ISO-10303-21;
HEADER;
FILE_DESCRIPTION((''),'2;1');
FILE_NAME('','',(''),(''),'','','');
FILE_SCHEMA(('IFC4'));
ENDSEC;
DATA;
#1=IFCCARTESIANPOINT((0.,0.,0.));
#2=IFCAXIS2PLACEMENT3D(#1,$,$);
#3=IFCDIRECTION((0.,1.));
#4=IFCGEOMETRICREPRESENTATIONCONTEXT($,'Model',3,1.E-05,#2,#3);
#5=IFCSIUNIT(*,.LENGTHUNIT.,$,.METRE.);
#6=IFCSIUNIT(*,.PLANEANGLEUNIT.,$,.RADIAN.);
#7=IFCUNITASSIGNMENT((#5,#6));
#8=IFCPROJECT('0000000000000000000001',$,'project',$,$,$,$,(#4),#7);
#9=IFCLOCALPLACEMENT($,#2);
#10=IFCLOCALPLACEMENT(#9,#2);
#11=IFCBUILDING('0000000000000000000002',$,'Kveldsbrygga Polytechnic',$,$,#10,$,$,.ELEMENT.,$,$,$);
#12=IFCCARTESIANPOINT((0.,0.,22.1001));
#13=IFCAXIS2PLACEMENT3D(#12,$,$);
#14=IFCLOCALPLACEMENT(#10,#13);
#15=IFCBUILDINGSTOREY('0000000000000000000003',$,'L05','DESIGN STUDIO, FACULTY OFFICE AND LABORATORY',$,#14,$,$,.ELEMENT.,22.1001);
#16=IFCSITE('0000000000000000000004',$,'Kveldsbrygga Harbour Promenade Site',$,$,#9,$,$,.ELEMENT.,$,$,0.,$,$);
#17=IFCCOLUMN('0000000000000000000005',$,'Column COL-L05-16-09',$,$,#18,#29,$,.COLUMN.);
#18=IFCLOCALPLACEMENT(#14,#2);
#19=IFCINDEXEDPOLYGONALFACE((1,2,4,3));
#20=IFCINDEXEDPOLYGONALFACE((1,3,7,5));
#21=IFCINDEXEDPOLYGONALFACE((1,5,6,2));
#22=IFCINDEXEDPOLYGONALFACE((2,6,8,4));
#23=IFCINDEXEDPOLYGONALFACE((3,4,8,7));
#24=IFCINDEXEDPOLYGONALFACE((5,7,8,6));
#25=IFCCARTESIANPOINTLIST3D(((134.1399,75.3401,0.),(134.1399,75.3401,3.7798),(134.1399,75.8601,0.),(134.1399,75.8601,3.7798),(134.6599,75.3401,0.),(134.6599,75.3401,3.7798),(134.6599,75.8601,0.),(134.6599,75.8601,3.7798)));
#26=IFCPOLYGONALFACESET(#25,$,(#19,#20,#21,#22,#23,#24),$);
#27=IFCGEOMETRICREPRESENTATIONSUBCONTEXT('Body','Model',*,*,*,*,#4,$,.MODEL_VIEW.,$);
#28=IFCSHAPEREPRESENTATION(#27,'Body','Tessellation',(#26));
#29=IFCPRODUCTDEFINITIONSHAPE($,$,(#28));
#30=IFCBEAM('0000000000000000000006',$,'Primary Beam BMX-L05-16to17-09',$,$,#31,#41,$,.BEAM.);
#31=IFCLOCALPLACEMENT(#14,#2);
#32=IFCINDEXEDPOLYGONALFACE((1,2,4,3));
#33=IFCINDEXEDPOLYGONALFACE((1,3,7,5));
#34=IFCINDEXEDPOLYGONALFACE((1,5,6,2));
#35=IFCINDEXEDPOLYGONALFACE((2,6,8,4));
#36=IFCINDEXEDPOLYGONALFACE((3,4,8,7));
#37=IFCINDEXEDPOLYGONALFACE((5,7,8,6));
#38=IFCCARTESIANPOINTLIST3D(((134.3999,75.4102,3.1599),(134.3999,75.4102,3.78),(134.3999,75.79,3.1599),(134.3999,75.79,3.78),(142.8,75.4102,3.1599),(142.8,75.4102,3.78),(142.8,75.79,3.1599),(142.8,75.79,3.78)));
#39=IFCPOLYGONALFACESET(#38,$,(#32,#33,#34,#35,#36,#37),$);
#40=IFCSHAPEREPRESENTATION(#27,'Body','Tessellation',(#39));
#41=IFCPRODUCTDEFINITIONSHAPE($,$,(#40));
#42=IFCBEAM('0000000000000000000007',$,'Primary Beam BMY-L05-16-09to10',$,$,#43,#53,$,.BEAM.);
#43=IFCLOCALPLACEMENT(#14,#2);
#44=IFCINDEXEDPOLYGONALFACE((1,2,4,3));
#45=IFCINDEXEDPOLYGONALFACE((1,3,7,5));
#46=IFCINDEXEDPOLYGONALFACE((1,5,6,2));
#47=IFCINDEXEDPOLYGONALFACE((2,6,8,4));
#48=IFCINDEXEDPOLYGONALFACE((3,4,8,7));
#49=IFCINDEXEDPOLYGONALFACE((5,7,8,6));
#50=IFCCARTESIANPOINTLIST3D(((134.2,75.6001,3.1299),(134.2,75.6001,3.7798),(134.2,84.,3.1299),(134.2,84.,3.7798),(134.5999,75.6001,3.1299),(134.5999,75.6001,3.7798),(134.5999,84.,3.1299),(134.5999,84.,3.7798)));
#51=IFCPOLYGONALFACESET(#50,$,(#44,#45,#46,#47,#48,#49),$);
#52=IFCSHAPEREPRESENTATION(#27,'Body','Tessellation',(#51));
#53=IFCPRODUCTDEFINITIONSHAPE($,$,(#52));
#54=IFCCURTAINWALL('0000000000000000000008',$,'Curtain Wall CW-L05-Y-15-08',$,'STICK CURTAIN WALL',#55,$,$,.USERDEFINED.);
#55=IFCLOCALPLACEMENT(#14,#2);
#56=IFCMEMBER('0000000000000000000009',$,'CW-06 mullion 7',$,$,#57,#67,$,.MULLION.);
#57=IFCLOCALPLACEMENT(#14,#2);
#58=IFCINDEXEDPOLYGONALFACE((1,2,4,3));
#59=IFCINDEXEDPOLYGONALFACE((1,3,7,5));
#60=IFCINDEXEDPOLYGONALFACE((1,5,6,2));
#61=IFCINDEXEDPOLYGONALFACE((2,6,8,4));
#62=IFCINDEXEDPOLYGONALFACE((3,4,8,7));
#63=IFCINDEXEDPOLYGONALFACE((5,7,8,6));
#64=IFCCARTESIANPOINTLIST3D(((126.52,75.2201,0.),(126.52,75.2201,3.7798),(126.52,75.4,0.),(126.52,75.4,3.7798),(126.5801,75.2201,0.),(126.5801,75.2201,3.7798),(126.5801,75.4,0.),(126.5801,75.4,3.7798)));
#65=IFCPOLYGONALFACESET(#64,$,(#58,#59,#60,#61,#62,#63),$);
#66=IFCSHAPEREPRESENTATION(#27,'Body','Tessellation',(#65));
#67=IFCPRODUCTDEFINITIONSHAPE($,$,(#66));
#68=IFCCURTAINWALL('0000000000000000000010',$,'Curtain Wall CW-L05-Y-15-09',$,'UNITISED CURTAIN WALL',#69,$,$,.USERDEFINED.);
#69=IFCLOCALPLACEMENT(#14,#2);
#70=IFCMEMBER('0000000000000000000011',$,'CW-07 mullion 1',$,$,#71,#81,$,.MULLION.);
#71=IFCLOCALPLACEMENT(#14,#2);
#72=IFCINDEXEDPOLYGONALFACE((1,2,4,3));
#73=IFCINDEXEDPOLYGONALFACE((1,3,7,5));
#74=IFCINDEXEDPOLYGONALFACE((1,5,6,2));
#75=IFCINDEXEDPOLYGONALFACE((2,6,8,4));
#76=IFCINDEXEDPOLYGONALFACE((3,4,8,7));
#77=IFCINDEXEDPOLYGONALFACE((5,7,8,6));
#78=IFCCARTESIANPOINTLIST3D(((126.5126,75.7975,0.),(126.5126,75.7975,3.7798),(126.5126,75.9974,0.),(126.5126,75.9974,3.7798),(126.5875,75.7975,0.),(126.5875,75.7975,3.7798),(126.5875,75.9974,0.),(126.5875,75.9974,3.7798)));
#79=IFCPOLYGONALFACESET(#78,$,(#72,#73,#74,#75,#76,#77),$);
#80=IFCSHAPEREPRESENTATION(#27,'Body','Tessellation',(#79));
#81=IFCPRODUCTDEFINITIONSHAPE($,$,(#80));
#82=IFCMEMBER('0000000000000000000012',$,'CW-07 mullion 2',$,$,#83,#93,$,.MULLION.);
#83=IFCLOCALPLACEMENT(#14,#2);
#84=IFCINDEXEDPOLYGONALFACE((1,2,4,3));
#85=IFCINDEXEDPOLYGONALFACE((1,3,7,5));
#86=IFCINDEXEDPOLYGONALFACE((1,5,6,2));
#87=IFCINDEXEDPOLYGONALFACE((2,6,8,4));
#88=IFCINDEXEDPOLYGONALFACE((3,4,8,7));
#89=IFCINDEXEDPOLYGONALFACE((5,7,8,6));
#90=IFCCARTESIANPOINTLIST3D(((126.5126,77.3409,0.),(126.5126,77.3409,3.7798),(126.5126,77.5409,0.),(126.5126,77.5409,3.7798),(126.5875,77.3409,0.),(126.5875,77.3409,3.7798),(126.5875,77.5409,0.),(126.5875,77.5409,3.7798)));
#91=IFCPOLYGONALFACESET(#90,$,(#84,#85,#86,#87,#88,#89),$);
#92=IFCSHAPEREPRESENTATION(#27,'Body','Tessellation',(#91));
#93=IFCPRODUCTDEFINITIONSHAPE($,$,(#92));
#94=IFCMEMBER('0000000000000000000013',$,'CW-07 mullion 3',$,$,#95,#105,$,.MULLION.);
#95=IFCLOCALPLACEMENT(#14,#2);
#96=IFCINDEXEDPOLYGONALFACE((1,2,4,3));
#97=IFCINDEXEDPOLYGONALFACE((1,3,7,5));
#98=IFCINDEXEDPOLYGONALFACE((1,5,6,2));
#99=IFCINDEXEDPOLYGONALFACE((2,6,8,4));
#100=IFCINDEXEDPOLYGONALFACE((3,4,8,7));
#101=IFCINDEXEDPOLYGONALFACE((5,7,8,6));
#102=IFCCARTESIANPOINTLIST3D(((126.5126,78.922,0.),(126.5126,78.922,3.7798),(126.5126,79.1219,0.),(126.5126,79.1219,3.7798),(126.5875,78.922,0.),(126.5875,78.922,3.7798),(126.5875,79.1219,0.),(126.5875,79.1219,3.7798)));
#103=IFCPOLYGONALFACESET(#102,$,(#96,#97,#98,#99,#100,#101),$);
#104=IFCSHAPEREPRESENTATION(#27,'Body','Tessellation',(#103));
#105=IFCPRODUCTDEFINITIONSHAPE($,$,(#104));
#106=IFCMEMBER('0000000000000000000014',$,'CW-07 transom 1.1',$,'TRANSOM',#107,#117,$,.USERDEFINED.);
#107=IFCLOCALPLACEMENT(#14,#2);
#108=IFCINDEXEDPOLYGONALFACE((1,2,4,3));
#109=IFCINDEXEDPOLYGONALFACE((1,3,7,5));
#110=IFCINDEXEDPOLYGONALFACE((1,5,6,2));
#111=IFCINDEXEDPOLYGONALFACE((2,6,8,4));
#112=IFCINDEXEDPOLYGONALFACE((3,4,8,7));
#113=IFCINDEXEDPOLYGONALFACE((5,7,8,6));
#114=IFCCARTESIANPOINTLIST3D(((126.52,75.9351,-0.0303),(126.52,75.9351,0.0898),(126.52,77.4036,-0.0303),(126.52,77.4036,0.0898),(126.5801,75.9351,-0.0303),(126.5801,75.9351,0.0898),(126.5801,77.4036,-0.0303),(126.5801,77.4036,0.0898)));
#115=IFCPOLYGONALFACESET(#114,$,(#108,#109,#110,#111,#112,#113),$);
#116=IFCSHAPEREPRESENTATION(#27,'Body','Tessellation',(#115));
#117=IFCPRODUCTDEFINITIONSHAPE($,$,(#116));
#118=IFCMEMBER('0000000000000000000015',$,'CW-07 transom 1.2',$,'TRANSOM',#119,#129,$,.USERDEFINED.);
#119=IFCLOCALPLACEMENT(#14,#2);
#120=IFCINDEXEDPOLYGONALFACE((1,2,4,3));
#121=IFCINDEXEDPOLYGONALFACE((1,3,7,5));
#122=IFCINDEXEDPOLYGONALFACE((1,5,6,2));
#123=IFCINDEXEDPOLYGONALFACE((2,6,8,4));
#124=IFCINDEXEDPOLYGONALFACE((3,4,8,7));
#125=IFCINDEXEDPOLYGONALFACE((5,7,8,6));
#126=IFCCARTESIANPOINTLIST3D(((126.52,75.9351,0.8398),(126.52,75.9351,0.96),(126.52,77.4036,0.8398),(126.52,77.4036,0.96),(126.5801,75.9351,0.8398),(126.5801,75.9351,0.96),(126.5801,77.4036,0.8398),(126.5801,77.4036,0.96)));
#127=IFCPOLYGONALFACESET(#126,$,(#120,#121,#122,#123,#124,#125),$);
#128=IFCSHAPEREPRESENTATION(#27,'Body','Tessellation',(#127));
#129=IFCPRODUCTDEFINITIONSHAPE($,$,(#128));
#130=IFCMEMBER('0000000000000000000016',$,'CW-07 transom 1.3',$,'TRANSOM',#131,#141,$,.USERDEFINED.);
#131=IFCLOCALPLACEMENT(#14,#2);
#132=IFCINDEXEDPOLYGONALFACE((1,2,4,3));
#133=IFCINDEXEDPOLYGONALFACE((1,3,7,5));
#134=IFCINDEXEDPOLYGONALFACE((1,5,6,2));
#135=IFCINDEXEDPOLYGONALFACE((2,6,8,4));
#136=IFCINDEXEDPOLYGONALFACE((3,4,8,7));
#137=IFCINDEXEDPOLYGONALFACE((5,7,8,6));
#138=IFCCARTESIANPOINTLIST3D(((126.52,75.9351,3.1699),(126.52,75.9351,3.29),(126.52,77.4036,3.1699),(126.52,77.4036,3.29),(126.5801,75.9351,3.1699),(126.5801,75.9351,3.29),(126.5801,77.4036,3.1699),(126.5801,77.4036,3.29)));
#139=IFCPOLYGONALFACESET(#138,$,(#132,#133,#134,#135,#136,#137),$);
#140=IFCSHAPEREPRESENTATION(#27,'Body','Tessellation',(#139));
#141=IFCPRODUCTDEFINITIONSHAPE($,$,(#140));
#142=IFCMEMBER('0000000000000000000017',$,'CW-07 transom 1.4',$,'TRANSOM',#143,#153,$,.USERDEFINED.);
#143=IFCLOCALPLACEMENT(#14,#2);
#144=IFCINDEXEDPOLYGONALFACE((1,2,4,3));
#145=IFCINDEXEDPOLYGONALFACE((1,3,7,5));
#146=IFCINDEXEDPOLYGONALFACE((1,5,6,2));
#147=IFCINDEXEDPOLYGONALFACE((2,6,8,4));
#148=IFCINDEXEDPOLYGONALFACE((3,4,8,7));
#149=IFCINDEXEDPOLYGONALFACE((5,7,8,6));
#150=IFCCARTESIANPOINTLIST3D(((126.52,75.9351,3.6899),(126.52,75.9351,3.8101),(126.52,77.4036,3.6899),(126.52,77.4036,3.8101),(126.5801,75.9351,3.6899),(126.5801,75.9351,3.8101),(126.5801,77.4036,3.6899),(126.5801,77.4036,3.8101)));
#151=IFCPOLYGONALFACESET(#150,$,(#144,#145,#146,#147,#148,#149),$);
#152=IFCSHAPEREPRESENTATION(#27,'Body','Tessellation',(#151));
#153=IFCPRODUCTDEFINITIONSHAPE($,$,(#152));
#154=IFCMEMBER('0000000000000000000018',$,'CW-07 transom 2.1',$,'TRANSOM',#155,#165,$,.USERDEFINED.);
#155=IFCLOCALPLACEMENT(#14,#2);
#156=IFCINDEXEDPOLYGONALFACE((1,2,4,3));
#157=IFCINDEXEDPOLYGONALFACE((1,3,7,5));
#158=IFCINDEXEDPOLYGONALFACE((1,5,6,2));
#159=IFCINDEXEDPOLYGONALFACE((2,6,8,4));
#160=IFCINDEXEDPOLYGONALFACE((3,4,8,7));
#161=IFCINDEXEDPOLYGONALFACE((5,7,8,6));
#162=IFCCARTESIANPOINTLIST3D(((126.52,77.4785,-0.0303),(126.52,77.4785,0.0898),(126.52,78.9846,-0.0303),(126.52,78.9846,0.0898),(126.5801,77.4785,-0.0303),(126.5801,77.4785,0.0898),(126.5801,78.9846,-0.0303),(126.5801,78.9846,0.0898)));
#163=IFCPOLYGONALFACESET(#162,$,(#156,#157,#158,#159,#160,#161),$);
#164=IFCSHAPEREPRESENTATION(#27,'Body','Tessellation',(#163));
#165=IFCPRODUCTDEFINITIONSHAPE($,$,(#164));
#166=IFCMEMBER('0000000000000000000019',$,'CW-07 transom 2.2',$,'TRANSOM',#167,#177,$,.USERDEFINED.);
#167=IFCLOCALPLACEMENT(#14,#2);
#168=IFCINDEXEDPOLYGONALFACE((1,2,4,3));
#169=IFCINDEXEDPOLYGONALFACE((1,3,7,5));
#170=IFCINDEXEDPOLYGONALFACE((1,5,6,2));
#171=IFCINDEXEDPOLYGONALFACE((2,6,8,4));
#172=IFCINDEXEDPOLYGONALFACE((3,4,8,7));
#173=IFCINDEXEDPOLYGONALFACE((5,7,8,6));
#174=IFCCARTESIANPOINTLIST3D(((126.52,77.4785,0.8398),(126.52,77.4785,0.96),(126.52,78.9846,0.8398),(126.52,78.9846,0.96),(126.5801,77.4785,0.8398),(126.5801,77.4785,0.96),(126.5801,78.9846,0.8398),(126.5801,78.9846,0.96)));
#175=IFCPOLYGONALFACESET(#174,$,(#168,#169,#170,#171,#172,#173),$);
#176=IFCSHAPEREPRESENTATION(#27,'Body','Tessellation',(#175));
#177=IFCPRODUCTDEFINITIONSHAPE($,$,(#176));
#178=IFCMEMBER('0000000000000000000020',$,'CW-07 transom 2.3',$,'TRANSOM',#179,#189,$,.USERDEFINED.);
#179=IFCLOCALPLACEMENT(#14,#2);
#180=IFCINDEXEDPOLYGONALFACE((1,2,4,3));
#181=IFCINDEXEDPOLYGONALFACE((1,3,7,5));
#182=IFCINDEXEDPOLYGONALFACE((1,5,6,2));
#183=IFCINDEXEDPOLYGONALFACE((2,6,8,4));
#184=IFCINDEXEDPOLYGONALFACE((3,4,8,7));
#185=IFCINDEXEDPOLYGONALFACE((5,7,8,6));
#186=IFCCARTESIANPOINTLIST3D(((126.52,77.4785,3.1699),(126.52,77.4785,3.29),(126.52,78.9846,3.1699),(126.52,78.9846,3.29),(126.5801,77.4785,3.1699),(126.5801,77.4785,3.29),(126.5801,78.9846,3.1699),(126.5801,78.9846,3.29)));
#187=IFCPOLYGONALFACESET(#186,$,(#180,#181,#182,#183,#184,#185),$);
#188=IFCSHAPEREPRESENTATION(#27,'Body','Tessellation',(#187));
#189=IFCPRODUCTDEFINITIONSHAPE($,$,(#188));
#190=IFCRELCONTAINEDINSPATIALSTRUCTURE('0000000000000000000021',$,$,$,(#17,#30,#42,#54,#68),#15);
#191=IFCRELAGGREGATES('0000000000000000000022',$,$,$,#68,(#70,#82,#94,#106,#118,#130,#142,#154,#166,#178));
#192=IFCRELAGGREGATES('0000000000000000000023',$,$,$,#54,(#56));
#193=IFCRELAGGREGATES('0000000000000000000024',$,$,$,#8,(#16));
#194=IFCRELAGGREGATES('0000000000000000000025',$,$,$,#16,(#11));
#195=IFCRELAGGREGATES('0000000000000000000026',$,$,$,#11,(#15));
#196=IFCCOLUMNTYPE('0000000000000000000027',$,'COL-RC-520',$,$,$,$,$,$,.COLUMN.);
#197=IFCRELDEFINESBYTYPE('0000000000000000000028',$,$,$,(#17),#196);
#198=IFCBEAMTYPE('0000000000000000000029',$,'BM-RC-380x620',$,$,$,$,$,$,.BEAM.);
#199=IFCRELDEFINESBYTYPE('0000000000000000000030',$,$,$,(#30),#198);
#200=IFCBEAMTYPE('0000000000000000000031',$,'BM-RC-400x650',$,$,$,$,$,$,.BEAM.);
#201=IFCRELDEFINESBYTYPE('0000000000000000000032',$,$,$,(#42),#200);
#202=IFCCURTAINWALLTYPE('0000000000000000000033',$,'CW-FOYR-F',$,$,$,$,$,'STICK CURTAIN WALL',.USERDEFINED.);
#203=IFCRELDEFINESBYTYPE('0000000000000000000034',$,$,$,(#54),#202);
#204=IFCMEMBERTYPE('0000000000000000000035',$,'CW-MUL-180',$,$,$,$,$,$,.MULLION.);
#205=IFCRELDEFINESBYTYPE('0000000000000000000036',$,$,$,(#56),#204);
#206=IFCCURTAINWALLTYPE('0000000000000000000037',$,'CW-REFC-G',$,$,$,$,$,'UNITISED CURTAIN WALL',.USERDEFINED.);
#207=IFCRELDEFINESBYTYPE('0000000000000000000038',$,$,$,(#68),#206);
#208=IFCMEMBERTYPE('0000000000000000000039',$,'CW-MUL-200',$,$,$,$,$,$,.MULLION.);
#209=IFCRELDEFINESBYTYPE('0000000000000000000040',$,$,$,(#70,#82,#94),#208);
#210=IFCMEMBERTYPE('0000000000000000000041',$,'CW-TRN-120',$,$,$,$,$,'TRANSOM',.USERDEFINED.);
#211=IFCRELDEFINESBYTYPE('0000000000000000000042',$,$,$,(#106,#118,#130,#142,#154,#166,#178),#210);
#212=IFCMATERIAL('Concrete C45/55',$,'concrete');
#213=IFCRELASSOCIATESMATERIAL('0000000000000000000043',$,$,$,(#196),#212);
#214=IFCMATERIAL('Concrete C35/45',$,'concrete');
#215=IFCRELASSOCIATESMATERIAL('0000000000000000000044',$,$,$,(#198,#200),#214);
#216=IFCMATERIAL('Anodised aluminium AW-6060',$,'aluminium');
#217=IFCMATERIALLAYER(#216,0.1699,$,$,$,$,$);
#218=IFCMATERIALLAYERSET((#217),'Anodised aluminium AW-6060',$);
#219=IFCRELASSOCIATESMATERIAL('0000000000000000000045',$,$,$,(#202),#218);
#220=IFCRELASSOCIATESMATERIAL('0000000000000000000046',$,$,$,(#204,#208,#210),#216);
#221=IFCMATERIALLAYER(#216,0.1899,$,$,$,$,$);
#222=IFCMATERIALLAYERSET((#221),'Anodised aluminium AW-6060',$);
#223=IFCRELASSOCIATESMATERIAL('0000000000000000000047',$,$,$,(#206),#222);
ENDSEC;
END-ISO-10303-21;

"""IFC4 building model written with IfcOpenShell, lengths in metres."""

from ifc_helpers import new_model, si_unit, direction, frame, origin, origin_2d, place, context, subcontext, project, spatial, rectangle, extrude, material, layer, layer_set, material_profile, profile_set, type_object, element, aggregate, save


model = new_model("IFC4")

# Units and contexts
model_context = context("Model", 3, precision=1e-05, world=origin(), true_north=direction((0.0, 1.0)))
body_context = subcontext(model_context, "Body", "Model", "MODEL_VIEW")
ifc_project = project(units=[si_unit("LENGTHUNIT", "METRE"), si_unit("PLANEANGLEUNIT", "RADIAN")], contexts=[model_context])

# Site, building, storey
site_placement = place(None, origin())
site = spatial("IfcSite", under=ifc_project, at=site_placement, Name="Kveldsbrygga Harbour Promenade Site", CompositionType="ELEMENT", RefElevation=0.0)
building_placement = place(site_placement, origin())
building = spatial("IfcBuilding", under=site, at=building_placement, Name="Kveldsbrygga Polytechnic", CompositionType="ELEMENT")
storey_placement = place(building_placement, frame((0.0, 0.0, 22.1001)))
storey = spatial("IfcBuildingStorey", under=building, at=storey_placement, Name="L05", Description="DESIGN STUDIO, FACULTY OFFICE AND LABORATORY", CompositionType="ELEMENT", Elevation=22.1001)

# Column
ifc_material_1 = material(Name="Concrete C45/55", Category="concrete")
ifc_material_profile_1 = material_profile(ifc_material_1, rectangle(XDim=0.52, YDim=0.52, at=origin_2d()), Name="RC 520x520")
ifc_profile_set_1 = profile_set([ifc_material_profile_1], Name="Concrete C45/55")
column_type = type_object("IfcColumnType", Name="COL-RC-520", PredefinedType="COLUMN", material=ifc_profile_set_1)
column_placement = place(storey_placement, frame((134.3999, 75.6001, 0.0), z_axis=(0.0, 0.0, 1.0), x_axis=(1.0, 0.0, 0.0)))
element("IfcColumn", 1, at=column_placement, inside=storey, type_object=column_type, Name="Column COL-L05-16-09", PredefinedType="COLUMN", context=body_context, shape_type="SweptSolid", body=[
    extrude(rectangle(XDim=0.52, YDim=0.52, at=origin_2d()), origin(), (0.0, 0.0, 1.0), 3.7798),
])

# Beams
ifc_material_2 = material(Name="Concrete C35/45", Category="concrete")
ifc_material_profile_2 = material_profile(ifc_material_2, rectangle(XDim=0.3799, YDim=0.6201, at=origin_2d()), Name="RC 380x620")
ifc_profile_set_2 = profile_set([ifc_material_profile_2], Name="Concrete C35/45")
beam_type_1 = type_object("IfcBeamType", Name="BM-RC-380x620", PredefinedType="BEAM", material=ifc_profile_set_2)
beam_1_placement = place(storey_placement, frame((134.3999, 75.6001, 3.47), z_axis=(1.0, 0.0, 0.0), x_axis=(0.0, 1.0, 0.0)))
element("IfcBeam", 2, at=beam_1_placement, inside=storey, type_object=beam_type_1, Name="Primary Beam BMX-L05-16to17-09", PredefinedType="BEAM", context=body_context, shape_type="SweptSolid", body=[
    extrude(rectangle(XDim=0.3799, YDim=0.6201, at=origin_2d()), origin(), (0.0, 0.0, 1.0), 8.4001),
])
ifc_material_profile_3 = material_profile(ifc_material_2, rectangle(XDim=0.3999, YDim=0.6499, at=origin_2d()), Name="RC 400x650")
ifc_profile_set_3 = profile_set([ifc_material_profile_3], Name="Concrete C35/45")
beam_type_2 = type_object("IfcBeamType", Name="BM-RC-400x650", PredefinedType="BEAM", material=ifc_profile_set_3)
beam_2_placement = place(storey_placement, frame((134.3999, 75.6001, 3.4548), z_axis=(0.0, 1.0, 0.0), x_axis=(-1.0, 0.0, 0.0)))
element("IfcBeam", 3, at=beam_2_placement, inside=storey, type_object=beam_type_2, Name="Primary Beam BMY-L05-16-09to10", PredefinedType="BEAM", context=body_context, shape_type="SweptSolid", body=[
    extrude(rectangle(XDim=0.3999, YDim=0.6499, at=origin_2d()), origin(), (0.0, 0.0, 1.0), 8.3999),
])

# Curtain wall, member
ifc_material_3 = material(Name="Anodised aluminium AW-6060", Category="aluminium")
ifc_layer_1 = layer(ifc_material_3, 0.1699)
ifc_layer_set_1 = layer_set([ifc_layer_1], Name="Anodised aluminium AW-6060")
curtain_wall_type_1 = type_object("IfcCurtainWallType", Name="CW-FOYR-F", ElementType="STICK CURTAIN WALL", PredefinedType="USERDEFINED", material=ifc_layer_set_1)
curtain_wall_1_placement = place(storey_placement, origin())
curtain_wall_1 = element("IfcCurtainWall", 4, at=curtain_wall_1_placement, inside=storey, type_object=curtain_wall_type_1, Name="Curtain Wall CW-L05-Y-15-08", ObjectType="STICK CURTAIN WALL", PredefinedType="USERDEFINED")
ifc_material_profile_4 = material_profile(ifc_material_3, rectangle(XDim=0.0601, YDim=0.1799, at=origin_2d()), Name="ALU 60x180")
ifc_profile_set_4 = profile_set([ifc_material_profile_4], Name="Anodised aluminium AW-6060")
member_type_1 = type_object("IfcMemberType", Name="CW-MUL-180", PredefinedType="MULLION", material=ifc_profile_set_4)
member_1_placement = place(storey_placement, frame((126.55, 75.3101, 0.0), z_axis=(0.0, 0.0, 1.0), x_axis=(-1.0, 0.0, 0.0)))
member_1 = element("IfcMember", 5, at=member_1_placement, type_object=member_type_1, Name="CW-06 mullion 7", PredefinedType="MULLION", context=body_context, shape_type="SweptSolid", body=[
    extrude(rectangle(XDim=0.0601, YDim=0.1799, at=origin_2d()), origin(), (0.0, 0.0, 1.0), 3.7798),
])

# Curtain wall, members
ifc_layer_2 = layer(ifc_material_3, 0.1899)
ifc_layer_set_2 = layer_set([ifc_layer_2], Name="Anodised aluminium AW-6060")
curtain_wall_type_2 = type_object("IfcCurtainWallType", Name="CW-REFC-G", ElementType="UNITISED CURTAIN WALL", PredefinedType="USERDEFINED", material=ifc_layer_set_2)
curtain_wall_2_placement = place(storey_placement, origin())
curtain_wall_2 = element("IfcCurtainWall", 6, at=curtain_wall_2_placement, inside=storey, type_object=curtain_wall_type_2, Name="Curtain Wall CW-L05-Y-15-09", ObjectType="UNITISED CURTAIN WALL", PredefinedType="USERDEFINED")
ifc_material_profile_5 = material_profile(ifc_material_3, rectangle(XDim=0.075, YDim=0.2, at=origin_2d()), Name="ALU 75x200")
ifc_profile_set_5 = profile_set([ifc_material_profile_5], Name="Anodised aluminium AW-6060")
member_type_2 = type_object("IfcMemberType", Name="CW-MUL-200", PredefinedType="MULLION", material=ifc_profile_set_5)
member_2_placement = place(storey_placement, frame((126.55, 75.8975, 0.0), z_axis=(0.0, 0.0, 1.0), x_axis=(-1.0, 0.0, 0.0)))
member_2 = element("IfcMember", 7, at=member_2_placement, type_object=member_type_2, Name="CW-07 mullion 1", PredefinedType="MULLION", context=body_context, shape_type="SweptSolid", body=[
    extrude(rectangle(XDim=0.075, YDim=0.2, at=origin_2d()), origin(), (0.0, 0.0, 1.0), 3.7798),
])
member_3_placement = place(storey_placement, frame((126.55, 77.4409, 0.0), z_axis=(0.0, 0.0, 1.0), x_axis=(-1.0, 0.0, 0.0)))
member_3 = element("IfcMember", 8, at=member_3_placement, type_object=member_type_2, Name="CW-07 mullion 2", PredefinedType="MULLION", context=body_context, shape_type="SweptSolid", body=[
    extrude(rectangle(XDim=0.075, YDim=0.2, at=origin_2d()), origin(), (0.0, 0.0, 1.0), 3.7798),
])
member_4_placement = place(storey_placement, frame((126.55, 79.022, 0.0), z_axis=(0.0, 0.0, 1.0), x_axis=(-1.0, 0.0, 0.0)))
member_4 = element("IfcMember", 9, at=member_4_placement, type_object=member_type_2, Name="CW-07 mullion 3", PredefinedType="MULLION", context=body_context, shape_type="SweptSolid", body=[
    extrude(rectangle(XDim=0.075, YDim=0.2, at=origin_2d()), origin(), (0.0, 0.0, 1.0), 3.7798),
])
ifc_material_profile_6 = material_profile(ifc_material_3, rectangle(XDim=0.0601, YDim=0.1201, at=origin_2d()), Name="ALU 60x120")
ifc_profile_set_6 = profile_set([ifc_material_profile_6], Name="Anodised aluminium AW-6060")
member_type_3 = type_object("IfcMemberType", Name="CW-TRN-120", ElementType="TRANSOM", PredefinedType="USERDEFINED", material=ifc_profile_set_6)
member_5_placement = place(storey_placement, frame((126.55, 75.9351, 0.0298), z_axis=(0.0, 1.0, 0.0), x_axis=(-1.0, 0.0, 0.0)))
member_5 = element("IfcMember", 10, at=member_5_placement, type_object=member_type_3, Name="CW-07 transom 1.1", ObjectType="TRANSOM", PredefinedType="USERDEFINED", context=body_context, shape_type="SweptSolid", body=[
    extrude(rectangle(XDim=0.0601, YDim=0.1201, at=origin_2d()), origin(), (0.0, 0.0, 1.0), 1.4685),
])
member_6_placement = place(storey_placement, frame((126.55, 75.9351, 0.8999), z_axis=(0.0, 1.0, 0.0), x_axis=(-1.0, 0.0, 0.0)))
member_6 = element("IfcMember", 11, at=member_6_placement, type_object=member_type_3, Name="CW-07 transom 1.2", ObjectType="TRANSOM", PredefinedType="USERDEFINED", context=body_context, shape_type="SweptSolid", body=[
    extrude(rectangle(XDim=0.0601, YDim=0.1201, at=origin_2d()), origin(), (0.0, 0.0, 1.0), 1.4685),
])
member_7_placement = place(storey_placement, frame((126.55, 75.9351, 3.23), z_axis=(0.0, 1.0, 0.0), x_axis=(-1.0, 0.0, 0.0)))
member_7 = element("IfcMember", 12, at=member_7_placement, type_object=member_type_3, Name="CW-07 transom 1.3", ObjectType="TRANSOM", PredefinedType="USERDEFINED", context=body_context, shape_type="SweptSolid", body=[
    extrude(rectangle(XDim=0.0601, YDim=0.1201, at=origin_2d()), origin(), (0.0, 0.0, 1.0), 1.4685),
])
member_8_placement = place(storey_placement, frame((126.55, 75.9351, 3.75), z_axis=(0.0, 1.0, 0.0), x_axis=(-1.0, 0.0, 0.0)))
member_8 = element("IfcMember", 13, at=member_8_placement, type_object=member_type_3, Name="CW-07 transom 1.4", ObjectType="TRANSOM", PredefinedType="USERDEFINED", context=body_context, shape_type="SweptSolid", body=[
    extrude(rectangle(XDim=0.0601, YDim=0.1201, at=origin_2d()), origin(), (0.0, 0.0, 1.0), 1.4685),
])
member_9_placement = place(storey_placement, frame((126.55, 77.4785, 0.0298), z_axis=(0.0, 1.0, 0.0), x_axis=(-1.0, 0.0, 0.0)))
member_9 = element("IfcMember", 14, at=member_9_placement, type_object=member_type_3, Name="CW-07 transom 2.1", ObjectType="TRANSOM", PredefinedType="USERDEFINED", context=body_context, shape_type="SweptSolid", body=[
    extrude(rectangle(XDim=0.0601, YDim=0.1201, at=origin_2d()), origin(), (0.0, 0.0, 1.0), 1.5061),
])
member_10_placement = place(storey_placement, frame((126.55, 77.4785, 0.8999), z_axis=(0.0, 1.0, 0.0), x_axis=(-1.0, 0.0, 0.0)))
member_10 = element("IfcMember", 15, at=member_10_placement, type_object=member_type_3, Name="CW-07 transom 2.2", ObjectType="TRANSOM", PredefinedType="USERDEFINED", context=body_context, shape_type="SweptSolid", body=[
    extrude(rectangle(XDim=0.0601, YDim=0.1201, at=origin_2d()), origin(), (0.0, 0.0, 1.0), 1.5061),
])
member_11_placement = place(storey_placement, frame((126.55, 77.4785, 3.23), z_axis=(0.0, 1.0, 0.0), x_axis=(-1.0, 0.0, 0.0)))
member_11 = element("IfcMember", 16, at=member_11_placement, type_object=member_type_3, Name="CW-07 transom 2.3", ObjectType="TRANSOM", PredefinedType="USERDEFINED", context=body_context, shape_type="SweptSolid", body=[
    extrude(rectangle(XDim=0.0601, YDim=0.1201, at=origin_2d()), origin(), (0.0, 0.0, 1.0), 1.5061),
])

aggregate(curtain_wall_2, [member_2, member_3, member_4, member_5, member_6, member_7, member_8, member_9, member_10, member_11])
aggregate(curtain_wall_1, [member_1])

save(model, "model.ifc")
